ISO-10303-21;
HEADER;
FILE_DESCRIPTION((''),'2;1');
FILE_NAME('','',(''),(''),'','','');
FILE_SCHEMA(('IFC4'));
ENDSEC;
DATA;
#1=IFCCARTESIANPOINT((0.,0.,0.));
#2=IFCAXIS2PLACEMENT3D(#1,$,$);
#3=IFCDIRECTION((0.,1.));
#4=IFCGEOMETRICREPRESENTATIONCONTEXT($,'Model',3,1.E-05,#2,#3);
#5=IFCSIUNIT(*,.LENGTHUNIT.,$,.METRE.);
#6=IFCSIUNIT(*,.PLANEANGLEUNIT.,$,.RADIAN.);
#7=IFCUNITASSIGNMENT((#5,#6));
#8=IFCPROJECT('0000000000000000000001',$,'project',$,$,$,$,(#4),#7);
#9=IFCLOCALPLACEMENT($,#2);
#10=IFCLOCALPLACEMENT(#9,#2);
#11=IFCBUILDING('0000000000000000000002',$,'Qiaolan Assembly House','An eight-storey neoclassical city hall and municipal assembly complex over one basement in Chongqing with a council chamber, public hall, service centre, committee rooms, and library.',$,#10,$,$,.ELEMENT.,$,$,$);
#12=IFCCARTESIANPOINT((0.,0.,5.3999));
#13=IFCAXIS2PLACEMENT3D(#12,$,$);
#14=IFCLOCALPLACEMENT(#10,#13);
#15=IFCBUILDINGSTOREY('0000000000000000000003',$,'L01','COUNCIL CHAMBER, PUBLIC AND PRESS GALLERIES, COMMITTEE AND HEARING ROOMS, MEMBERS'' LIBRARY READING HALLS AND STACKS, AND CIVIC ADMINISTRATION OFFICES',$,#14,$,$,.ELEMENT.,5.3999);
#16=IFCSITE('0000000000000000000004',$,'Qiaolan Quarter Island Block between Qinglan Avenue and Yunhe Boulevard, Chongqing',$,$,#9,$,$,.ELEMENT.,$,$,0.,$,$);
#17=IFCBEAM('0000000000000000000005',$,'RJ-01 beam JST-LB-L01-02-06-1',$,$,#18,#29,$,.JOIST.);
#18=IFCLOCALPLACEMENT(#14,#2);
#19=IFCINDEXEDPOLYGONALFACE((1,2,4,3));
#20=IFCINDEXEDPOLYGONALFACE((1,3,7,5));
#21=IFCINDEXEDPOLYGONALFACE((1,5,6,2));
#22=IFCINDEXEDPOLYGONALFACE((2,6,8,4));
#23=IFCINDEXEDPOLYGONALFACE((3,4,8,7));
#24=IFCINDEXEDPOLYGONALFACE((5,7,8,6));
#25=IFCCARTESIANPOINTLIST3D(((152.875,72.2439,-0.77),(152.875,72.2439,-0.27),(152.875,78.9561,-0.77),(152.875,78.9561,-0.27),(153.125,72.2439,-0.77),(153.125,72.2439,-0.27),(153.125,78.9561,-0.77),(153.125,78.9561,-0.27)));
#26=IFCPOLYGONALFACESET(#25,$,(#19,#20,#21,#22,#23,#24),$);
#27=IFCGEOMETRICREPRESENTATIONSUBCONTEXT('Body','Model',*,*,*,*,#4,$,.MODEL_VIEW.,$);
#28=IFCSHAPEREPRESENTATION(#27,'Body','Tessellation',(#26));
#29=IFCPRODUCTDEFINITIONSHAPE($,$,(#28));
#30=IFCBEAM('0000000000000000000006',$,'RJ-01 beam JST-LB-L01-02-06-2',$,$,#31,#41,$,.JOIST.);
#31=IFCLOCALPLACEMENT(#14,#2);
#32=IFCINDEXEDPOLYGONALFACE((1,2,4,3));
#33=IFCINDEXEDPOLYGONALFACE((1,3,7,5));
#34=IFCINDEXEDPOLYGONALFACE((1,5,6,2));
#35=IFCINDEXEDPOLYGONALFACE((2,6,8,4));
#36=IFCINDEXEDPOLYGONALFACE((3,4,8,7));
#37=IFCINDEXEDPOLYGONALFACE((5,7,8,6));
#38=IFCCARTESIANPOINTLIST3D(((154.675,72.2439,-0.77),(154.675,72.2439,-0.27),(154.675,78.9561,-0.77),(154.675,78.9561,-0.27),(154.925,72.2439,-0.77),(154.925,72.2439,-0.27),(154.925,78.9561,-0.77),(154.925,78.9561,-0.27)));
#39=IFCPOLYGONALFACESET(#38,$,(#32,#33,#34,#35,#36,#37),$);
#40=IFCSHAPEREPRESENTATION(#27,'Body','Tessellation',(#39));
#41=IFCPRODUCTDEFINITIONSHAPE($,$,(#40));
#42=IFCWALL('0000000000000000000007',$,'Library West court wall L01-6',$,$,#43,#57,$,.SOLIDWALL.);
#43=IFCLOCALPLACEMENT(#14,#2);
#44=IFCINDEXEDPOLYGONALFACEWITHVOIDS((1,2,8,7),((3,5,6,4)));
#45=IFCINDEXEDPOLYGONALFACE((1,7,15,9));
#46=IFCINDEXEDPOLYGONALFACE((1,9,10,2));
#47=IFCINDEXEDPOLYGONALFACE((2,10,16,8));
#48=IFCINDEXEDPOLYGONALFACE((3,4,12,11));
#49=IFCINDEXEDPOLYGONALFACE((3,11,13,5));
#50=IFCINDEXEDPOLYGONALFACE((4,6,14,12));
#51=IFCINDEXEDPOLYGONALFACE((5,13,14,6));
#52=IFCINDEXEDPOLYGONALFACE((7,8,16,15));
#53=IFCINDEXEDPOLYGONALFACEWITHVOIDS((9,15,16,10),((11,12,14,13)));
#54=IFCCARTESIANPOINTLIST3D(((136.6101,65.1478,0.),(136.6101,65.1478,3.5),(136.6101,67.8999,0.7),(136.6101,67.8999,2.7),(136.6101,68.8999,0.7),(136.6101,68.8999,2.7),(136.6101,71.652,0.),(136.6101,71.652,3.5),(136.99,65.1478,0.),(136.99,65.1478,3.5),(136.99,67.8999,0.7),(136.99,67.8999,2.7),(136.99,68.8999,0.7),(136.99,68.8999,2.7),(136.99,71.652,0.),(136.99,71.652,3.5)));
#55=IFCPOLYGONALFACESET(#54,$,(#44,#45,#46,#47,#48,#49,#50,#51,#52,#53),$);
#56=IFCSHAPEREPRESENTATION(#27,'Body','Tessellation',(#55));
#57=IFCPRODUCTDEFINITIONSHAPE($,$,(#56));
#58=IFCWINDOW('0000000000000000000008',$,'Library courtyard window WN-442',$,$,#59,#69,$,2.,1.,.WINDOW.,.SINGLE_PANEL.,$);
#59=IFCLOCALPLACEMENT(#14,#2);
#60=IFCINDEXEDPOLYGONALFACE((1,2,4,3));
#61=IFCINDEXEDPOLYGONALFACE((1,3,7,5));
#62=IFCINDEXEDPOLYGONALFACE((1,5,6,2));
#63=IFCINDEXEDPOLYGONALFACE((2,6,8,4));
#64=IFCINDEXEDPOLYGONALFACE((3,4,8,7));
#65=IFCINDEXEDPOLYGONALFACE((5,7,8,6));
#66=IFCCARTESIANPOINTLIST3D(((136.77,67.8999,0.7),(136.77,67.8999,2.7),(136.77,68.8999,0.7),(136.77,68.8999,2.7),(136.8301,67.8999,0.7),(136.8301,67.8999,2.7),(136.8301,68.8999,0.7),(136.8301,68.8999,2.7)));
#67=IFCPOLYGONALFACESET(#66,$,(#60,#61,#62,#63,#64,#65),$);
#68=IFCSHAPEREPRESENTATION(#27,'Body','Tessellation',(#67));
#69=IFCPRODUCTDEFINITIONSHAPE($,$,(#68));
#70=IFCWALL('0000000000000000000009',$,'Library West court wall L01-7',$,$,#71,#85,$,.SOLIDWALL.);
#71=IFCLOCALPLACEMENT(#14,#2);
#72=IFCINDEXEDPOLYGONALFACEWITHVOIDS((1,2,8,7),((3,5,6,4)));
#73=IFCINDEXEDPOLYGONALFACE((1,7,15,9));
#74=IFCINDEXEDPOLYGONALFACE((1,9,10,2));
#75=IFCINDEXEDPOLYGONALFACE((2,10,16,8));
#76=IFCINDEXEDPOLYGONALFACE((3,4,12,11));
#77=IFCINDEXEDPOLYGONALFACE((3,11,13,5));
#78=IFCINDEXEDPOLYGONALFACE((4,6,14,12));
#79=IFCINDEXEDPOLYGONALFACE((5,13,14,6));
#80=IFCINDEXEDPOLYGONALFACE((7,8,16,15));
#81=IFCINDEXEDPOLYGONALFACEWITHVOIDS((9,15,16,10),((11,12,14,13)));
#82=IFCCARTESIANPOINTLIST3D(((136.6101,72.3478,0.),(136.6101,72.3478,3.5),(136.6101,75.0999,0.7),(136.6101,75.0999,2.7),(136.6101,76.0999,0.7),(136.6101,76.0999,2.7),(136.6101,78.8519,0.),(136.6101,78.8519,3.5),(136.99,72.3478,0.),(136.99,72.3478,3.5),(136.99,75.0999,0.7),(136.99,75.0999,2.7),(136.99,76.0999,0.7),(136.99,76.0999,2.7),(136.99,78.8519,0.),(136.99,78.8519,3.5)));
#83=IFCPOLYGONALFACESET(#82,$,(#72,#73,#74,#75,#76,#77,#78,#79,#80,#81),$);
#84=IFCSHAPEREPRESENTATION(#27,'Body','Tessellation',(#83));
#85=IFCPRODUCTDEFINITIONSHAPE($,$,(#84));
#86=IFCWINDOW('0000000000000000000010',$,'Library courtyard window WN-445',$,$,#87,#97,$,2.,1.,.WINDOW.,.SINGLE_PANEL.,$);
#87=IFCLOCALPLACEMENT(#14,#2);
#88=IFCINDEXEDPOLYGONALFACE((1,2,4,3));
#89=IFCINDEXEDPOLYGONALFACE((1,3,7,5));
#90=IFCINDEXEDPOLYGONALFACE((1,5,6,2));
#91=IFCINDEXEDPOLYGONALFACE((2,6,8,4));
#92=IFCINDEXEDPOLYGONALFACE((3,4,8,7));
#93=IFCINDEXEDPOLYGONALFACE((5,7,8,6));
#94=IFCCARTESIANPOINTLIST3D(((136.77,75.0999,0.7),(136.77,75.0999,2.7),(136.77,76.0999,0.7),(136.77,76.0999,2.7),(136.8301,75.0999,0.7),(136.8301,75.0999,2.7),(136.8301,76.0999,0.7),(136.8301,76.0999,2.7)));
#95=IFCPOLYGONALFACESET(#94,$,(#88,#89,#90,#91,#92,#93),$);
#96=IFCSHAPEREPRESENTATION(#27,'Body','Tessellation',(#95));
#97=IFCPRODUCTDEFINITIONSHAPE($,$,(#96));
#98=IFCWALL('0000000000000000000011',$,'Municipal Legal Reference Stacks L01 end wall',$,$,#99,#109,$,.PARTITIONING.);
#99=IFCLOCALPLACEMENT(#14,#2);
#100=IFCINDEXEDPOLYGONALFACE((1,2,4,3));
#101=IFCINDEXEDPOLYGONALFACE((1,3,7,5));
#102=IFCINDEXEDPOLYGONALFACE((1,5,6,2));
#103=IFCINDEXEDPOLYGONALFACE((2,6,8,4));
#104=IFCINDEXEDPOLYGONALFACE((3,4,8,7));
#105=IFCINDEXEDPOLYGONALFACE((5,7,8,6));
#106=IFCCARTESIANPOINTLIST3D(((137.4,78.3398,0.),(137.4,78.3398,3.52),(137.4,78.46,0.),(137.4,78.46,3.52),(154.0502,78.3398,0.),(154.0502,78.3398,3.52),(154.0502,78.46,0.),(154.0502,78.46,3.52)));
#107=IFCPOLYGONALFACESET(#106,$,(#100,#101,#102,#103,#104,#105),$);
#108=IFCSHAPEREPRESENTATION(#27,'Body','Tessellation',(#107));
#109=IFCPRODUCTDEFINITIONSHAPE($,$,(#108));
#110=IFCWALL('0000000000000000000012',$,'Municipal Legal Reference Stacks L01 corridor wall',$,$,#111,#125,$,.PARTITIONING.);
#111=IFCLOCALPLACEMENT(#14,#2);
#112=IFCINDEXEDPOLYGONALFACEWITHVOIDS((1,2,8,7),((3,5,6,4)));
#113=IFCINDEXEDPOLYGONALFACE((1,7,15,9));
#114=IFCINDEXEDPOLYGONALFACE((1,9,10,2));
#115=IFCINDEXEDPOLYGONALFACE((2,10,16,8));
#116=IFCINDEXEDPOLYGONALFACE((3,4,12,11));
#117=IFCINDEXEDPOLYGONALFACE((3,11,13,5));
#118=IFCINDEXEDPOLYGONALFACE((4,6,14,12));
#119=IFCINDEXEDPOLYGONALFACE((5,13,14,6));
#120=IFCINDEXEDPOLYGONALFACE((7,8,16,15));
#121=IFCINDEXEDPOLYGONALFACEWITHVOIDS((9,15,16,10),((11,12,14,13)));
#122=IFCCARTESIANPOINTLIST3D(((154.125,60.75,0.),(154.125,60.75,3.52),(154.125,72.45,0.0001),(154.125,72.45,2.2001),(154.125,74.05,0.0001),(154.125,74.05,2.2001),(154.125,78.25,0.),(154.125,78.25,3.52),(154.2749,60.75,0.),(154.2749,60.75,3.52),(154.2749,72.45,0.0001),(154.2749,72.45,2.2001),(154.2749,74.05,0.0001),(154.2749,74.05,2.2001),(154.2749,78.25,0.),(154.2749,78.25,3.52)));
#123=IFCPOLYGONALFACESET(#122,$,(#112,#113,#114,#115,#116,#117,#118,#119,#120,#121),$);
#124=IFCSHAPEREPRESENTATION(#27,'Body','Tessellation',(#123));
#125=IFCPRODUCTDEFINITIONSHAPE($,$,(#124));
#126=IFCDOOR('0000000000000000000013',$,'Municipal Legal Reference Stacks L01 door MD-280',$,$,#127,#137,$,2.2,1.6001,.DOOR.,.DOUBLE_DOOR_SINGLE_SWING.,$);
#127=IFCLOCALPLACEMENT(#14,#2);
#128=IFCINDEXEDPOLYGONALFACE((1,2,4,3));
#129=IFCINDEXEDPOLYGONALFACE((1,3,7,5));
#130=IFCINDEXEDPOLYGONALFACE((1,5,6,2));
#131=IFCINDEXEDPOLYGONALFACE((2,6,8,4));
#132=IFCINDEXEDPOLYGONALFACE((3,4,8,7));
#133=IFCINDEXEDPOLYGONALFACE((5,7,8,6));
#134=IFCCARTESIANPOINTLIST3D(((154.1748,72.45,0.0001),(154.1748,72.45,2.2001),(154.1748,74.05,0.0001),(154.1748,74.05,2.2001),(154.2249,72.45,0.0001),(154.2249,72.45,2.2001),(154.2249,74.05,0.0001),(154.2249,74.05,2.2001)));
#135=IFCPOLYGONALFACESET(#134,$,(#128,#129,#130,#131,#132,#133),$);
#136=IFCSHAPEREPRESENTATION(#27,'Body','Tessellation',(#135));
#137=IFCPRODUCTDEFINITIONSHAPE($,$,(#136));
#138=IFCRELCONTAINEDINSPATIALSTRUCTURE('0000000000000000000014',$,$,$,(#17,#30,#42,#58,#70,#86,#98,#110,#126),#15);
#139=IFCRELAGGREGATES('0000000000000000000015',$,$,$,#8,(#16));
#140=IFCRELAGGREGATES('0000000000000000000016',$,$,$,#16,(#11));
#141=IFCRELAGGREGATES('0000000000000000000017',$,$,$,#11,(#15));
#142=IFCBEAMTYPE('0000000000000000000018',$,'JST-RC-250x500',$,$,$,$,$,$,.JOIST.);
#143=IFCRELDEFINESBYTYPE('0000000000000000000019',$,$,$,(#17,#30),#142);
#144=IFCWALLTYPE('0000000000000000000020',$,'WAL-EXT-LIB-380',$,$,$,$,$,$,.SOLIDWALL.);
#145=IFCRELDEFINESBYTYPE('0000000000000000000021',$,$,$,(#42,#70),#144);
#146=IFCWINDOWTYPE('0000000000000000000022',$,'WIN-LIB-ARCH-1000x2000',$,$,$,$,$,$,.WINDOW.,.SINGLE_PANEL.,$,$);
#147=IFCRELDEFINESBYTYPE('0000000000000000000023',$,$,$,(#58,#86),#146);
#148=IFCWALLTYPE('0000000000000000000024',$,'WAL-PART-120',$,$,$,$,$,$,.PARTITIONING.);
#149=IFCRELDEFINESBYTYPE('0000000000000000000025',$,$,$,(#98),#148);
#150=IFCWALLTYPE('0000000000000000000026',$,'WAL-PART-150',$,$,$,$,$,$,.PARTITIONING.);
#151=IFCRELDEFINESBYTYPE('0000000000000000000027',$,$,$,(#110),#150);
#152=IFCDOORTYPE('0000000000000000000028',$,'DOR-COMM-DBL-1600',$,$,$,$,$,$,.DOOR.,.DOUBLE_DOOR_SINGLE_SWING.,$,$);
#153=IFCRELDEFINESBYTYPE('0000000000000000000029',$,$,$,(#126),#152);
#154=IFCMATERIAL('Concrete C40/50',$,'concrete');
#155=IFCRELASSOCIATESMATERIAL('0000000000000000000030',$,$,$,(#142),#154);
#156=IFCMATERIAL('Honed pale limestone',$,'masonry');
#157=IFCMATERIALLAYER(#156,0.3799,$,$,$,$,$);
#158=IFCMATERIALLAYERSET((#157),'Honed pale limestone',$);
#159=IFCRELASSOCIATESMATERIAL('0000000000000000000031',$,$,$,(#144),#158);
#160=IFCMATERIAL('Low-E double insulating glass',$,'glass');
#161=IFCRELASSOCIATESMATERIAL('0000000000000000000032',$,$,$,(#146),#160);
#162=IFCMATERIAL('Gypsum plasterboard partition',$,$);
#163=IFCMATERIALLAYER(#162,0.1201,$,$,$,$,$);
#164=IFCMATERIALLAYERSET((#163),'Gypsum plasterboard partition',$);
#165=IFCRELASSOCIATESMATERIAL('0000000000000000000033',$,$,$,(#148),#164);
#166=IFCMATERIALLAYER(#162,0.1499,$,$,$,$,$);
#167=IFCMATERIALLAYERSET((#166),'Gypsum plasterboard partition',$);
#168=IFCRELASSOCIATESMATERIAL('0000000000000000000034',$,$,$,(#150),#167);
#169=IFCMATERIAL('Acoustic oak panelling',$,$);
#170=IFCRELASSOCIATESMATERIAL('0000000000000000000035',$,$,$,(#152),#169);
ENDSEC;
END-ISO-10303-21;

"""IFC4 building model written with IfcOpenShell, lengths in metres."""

from ifc_helpers import new_model, si_unit, direction, frame, frame_2d, origin, origin_2d, place, context, subcontext, project, spatial, rectangle, extrude, material, layer, layer_set, material_profile, profile_set, type_object, element, fill, save


model = new_model("IFC4")

# Units and contexts
model_context = context("Model", 3, precision=1e-05, world=origin(), true_north=direction((0.0, 1.0)))
body_context = subcontext(model_context, "Body", "Model", "MODEL_VIEW")
ifc_project = project(units=[si_unit("LENGTHUNIT", "METRE"), si_unit("PLANEANGLEUNIT", "RADIAN")], contexts=[model_context])

# Site, building, storey
site_placement = place(None, origin())
site = spatial("IfcSite", under=ifc_project, at=site_placement, Name="Qiaolan Quarter Island Block between Qinglan Avenue and Yunhe Boulevard, Chongqing", CompositionType="ELEMENT", RefElevation=0.0)
building_placement = place(site_placement, origin())
building = spatial("IfcBuilding", under=site, at=building_placement, Name="Qiaolan Assembly House", Description="An eight-storey neoclassical city hall and municipal assembly complex over one basement in Chongqing with a council chamber, public hall, service centre, committee rooms, and library.", CompositionType="ELEMENT")
storey_placement = place(building_placement, frame((0.0, 0.0, 5.3999)))
storey = spatial("IfcBuildingStorey", under=building, at=storey_placement, Name="L01", Description="COUNCIL CHAMBER, PUBLIC AND PRESS GALLERIES, COMMITTEE AND HEARING ROOMS, MEMBERS' LIBRARY READING HALLS AND STACKS, AND CIVIC ADMINISTRATION OFFICES", CompositionType="ELEMENT", Elevation=5.3999)

# Shared definitions
ifc_material_1 = material(Name="Concrete C40/50", Category="concrete")

# Beams
ifc_material_profile_1 = material_profile(ifc_material_1, rectangle(XDim=0.25, YDim=0.5, at=origin_2d()), Name="RCB 250x500")
ifc_profile_set_1 = profile_set([ifc_material_profile_1], Name="Concrete C40/50")
beam_type_1 = type_object("IfcBeamType", Name="JST-RC-250x500", PredefinedType="JOIST", material=ifc_profile_set_1)
for number, where, z_axis, x_axis, name in (
    (1, (153.0, 72.2439, -0.52), (0.0, 1.0, 0.0), (-1.0, 0.0, 0.0), "RJ-01 beam JST-LB-L01-02-06-1"),
    (2, (154.8, 72.2439, -0.52), (0.0, 1.0, 0.0), (-1.0, 0.0, 0.0), "RJ-01 beam JST-LB-L01-02-06-2"),
):
    element("IfcBeam", number, at=place(storey_placement, frame(where, z_axis=z_axis, x_axis=x_axis)), inside=storey, type_object=beam_type_1, Name=name, PredefinedType="JOIST", context=body_context, shape_type="SweptSolid", body=[
        extrude(rectangle(XDim=0.25, YDim=0.5, at=origin_2d()), origin(), (0.0, 0.0, 1.0), 6.7122),
    ])

# Walls, openings, windows
ifc_material_2 = material(Name="Honed pale limestone", Category="masonry")
ifc_layer_1 = layer(ifc_material_2, 0.3799)
ifc_layer_set_1 = layer_set([ifc_layer_1], Name="Honed pale limestone")
wall_type_1 = type_object("IfcWallType", Name="WAL-EXT-LIB-380", PredefinedType="SOLIDWALL", material=ifc_layer_set_1)
wall_1_placement = place(storey_placement, frame((136.8, 65.1479, 0.0), z_axis=(0.0, 0.0, 1.0), x_axis=(0.0, 1.0, 0.0)))
wall_1 = element("IfcWall", 3, at=wall_1_placement, inside=storey, type_object=wall_type_1, Name="Library West court wall L01-6", PredefinedType="SOLIDWALL", context=body_context, shape_type="SweptSolid", body=[
    extrude(rectangle(XDim=6.5042, YDim=0.3799, at=frame_2d((3.252, 0.0))), origin(), (0.0, 0.0, 1.0), 3.5),
])
opening_1_placement = place(wall_1_placement, frame((2.752, 0.0, 0.7)))
opening_1 = element("IfcOpeningElement", 4, at=opening_1_placement, cuts=wall_1, PredefinedType="OPENING", context=body_context, shape_type="SweptSolid", body=[
    extrude(rectangle(XDim=1.0, YDim=2.0, at=frame_2d((0.5, 1.0))), frame((0.0, 0.2, 0.0), z_axis=(0.0, -1.0, 0.0), x_axis=(1.0, 0.0, 0.0)), (0.0, 0.0, 1.0), 0.3999),
])
ifc_material_3 = material(Name="Low-E double insulating glass", Category="glass")
window_type = type_object("IfcWindowType", Name="WIN-LIB-ARCH-1000x2000", PartitioningType="SINGLE_PANEL", PredefinedType="WINDOW", material=ifc_material_3)
window_1_placement = place(opening_1_placement, origin())
window_1 = element("IfcWindow", 5, at=window_1_placement, inside=storey, type_object=window_type, Name="Library courtyard window WN-442", OverallHeight=2.0, OverallWidth=1.0, PartitioningType="SINGLE_PANEL", PredefinedType="WINDOW", context=body_context, shape_type="SweptSolid", body=[
    extrude(rectangle(XDim=1.0, YDim=2.0, at=frame_2d((0.5, 1.0))), frame((0.0, 0.03, 0.0), z_axis=(0.0, -1.0, 0.0), x_axis=(1.0, 0.0, 0.0)), (0.0, 0.0, 1.0), 0.0601),
])
fill(opening_1, window_1)
wall_2_placement = place(storey_placement, frame((136.8, 72.3479, 0.0), z_axis=(0.0, 0.0, 1.0), x_axis=(0.0, 1.0, 0.0)))
wall_2 = element("IfcWall", 6, at=wall_2_placement, inside=storey, type_object=wall_type_1, Name="Library West court wall L01-7", PredefinedType="SOLIDWALL", context=body_context, shape_type="SweptSolid", body=[
    extrude(rectangle(XDim=6.5042, YDim=0.3799, at=frame_2d((3.252, 0.0))), origin(), (0.0, 0.0, 1.0), 3.5),
])
opening_2_placement = place(wall_2_placement, frame((2.752, 0.0, 0.7)))
opening_2 = element("IfcOpeningElement", 7, at=opening_2_placement, cuts=wall_2, PredefinedType="OPENING", context=body_context, shape_type="SweptSolid", body=[
    extrude(rectangle(XDim=1.0, YDim=2.0, at=frame_2d((0.5, 1.0))), frame((0.0, 0.2, 0.0), z_axis=(0.0, -1.0, 0.0), x_axis=(1.0, 0.0, 0.0)), (0.0, 0.0, 1.0), 0.3999),
])
window_2_placement = place(opening_2_placement, origin())
window_2 = element("IfcWindow", 8, at=window_2_placement, inside=storey, type_object=window_type, Name="Library courtyard window WN-445", OverallHeight=2.0, OverallWidth=1.0, PartitioningType="SINGLE_PANEL", PredefinedType="WINDOW", context=body_context, shape_type="SweptSolid", body=[
    extrude(rectangle(XDim=1.0, YDim=2.0, at=frame_2d((0.5, 1.0))), frame((0.0, 0.03, 0.0), z_axis=(0.0, -1.0, 0.0), x_axis=(1.0, 0.0, 0.0)), (0.0, 0.0, 1.0), 0.0601),
])
fill(opening_2, window_2)

# Wall
ifc_material_4 = material(Name="Gypsum plasterboard partition")
ifc_layer_2 = layer(ifc_material_4, 0.1201)
ifc_layer_set_2 = layer_set([ifc_layer_2], Name="Gypsum plasterboard partition")
wall_type_2 = type_object("IfcWallType", Name="WAL-PART-120", PredefinedType="PARTITIONING", material=ifc_layer_set_2)
wall_3_placement = place(storey_placement, frame((137.3999, 78.3999, 0.0), z_axis=(0.0, 0.0, 1.0), x_axis=(1.0, 0.0, 0.0)))
element("IfcWall", 9, at=wall_3_placement, inside=storey, type_object=wall_type_2, Name="Municipal Legal Reference Stacks L01 end wall", PredefinedType="PARTITIONING", context=body_context, shape_type="SweptSolid", body=[
    extrude(rectangle(XDim=16.6501, YDim=0.1201, at=frame_2d((8.3252, 0.0))), origin(), (0.0, 0.0, 1.0), 3.52),
])

# Wall, opening, door
ifc_layer_3 = layer(ifc_material_4, 0.1499)
ifc_layer_set_3 = layer_set([ifc_layer_3], Name="Gypsum plasterboard partition")
wall_type_3 = type_object("IfcWallType", Name="WAL-PART-150", PredefinedType="PARTITIONING", material=ifc_layer_set_3)
wall_4_placement = place(storey_placement, frame((154.2, 78.25, 0.0), z_axis=(0.0, 0.0, 1.0), x_axis=(0.0, -1.0, 0.0)))
wall_4 = element("IfcWall", 10, at=wall_4_placement, inside=storey, type_object=wall_type_3, Name="Municipal Legal Reference Stacks L01 corridor wall", PredefinedType="PARTITIONING", context=body_context, shape_type="SweptSolid", body=[
    extrude(rectangle(XDim=17.5, YDim=0.1499, at=frame_2d((8.75, 0.0))), origin(), (0.0, 0.0, 1.0), 3.52),
])
opening_3_placement = place(wall_4_placement, frame((4.2, 0.0, 0.0)))
opening_3 = element("IfcOpeningElement", 11, at=opening_3_placement, cuts=wall_4, PredefinedType="OPENING", context=body_context, shape_type="SweptSolid", body=[
    extrude(rectangle(XDim=1.6001, YDim=2.2, at=frame_2d((0.8, 1.1001))), frame((0.0, 0.085, 0.0), z_axis=(0.0, -1.0, 0.0), x_axis=(1.0, 0.0, 0.0)), (0.0, 0.0, 1.0), 0.1699),
])
ifc_material_5 = material(Name="Acoustic oak panelling")
door_type = type_object("IfcDoorType", Name="DOR-COMM-DBL-1600", OperationType="DOUBLE_DOOR_SINGLE_SWING", PredefinedType="DOOR", material=ifc_material_5)
door_placement = place(opening_3_placement, origin())
door = element("IfcDoor", 12, at=door_placement, inside=storey, type_object=door_type, Name="Municipal Legal Reference Stacks L01 door MD-280", OperationType="DOUBLE_DOOR_SINGLE_SWING", OverallHeight=2.2, OverallWidth=1.6001, PredefinedType="DOOR", context=body_context, shape_type="SweptSolid", body=[
    extrude(rectangle(XDim=1.6001, YDim=2.2, at=frame_2d((0.8, 1.1001))), frame((0.0, 0.0249, 0.0), z_axis=(0.0, -1.0, 0.0), x_axis=(1.0, 0.0, 0.0)), (0.0, 0.0, 1.0), 0.05),
])
fill(opening_3, door)

save(model, "model.ifc")
